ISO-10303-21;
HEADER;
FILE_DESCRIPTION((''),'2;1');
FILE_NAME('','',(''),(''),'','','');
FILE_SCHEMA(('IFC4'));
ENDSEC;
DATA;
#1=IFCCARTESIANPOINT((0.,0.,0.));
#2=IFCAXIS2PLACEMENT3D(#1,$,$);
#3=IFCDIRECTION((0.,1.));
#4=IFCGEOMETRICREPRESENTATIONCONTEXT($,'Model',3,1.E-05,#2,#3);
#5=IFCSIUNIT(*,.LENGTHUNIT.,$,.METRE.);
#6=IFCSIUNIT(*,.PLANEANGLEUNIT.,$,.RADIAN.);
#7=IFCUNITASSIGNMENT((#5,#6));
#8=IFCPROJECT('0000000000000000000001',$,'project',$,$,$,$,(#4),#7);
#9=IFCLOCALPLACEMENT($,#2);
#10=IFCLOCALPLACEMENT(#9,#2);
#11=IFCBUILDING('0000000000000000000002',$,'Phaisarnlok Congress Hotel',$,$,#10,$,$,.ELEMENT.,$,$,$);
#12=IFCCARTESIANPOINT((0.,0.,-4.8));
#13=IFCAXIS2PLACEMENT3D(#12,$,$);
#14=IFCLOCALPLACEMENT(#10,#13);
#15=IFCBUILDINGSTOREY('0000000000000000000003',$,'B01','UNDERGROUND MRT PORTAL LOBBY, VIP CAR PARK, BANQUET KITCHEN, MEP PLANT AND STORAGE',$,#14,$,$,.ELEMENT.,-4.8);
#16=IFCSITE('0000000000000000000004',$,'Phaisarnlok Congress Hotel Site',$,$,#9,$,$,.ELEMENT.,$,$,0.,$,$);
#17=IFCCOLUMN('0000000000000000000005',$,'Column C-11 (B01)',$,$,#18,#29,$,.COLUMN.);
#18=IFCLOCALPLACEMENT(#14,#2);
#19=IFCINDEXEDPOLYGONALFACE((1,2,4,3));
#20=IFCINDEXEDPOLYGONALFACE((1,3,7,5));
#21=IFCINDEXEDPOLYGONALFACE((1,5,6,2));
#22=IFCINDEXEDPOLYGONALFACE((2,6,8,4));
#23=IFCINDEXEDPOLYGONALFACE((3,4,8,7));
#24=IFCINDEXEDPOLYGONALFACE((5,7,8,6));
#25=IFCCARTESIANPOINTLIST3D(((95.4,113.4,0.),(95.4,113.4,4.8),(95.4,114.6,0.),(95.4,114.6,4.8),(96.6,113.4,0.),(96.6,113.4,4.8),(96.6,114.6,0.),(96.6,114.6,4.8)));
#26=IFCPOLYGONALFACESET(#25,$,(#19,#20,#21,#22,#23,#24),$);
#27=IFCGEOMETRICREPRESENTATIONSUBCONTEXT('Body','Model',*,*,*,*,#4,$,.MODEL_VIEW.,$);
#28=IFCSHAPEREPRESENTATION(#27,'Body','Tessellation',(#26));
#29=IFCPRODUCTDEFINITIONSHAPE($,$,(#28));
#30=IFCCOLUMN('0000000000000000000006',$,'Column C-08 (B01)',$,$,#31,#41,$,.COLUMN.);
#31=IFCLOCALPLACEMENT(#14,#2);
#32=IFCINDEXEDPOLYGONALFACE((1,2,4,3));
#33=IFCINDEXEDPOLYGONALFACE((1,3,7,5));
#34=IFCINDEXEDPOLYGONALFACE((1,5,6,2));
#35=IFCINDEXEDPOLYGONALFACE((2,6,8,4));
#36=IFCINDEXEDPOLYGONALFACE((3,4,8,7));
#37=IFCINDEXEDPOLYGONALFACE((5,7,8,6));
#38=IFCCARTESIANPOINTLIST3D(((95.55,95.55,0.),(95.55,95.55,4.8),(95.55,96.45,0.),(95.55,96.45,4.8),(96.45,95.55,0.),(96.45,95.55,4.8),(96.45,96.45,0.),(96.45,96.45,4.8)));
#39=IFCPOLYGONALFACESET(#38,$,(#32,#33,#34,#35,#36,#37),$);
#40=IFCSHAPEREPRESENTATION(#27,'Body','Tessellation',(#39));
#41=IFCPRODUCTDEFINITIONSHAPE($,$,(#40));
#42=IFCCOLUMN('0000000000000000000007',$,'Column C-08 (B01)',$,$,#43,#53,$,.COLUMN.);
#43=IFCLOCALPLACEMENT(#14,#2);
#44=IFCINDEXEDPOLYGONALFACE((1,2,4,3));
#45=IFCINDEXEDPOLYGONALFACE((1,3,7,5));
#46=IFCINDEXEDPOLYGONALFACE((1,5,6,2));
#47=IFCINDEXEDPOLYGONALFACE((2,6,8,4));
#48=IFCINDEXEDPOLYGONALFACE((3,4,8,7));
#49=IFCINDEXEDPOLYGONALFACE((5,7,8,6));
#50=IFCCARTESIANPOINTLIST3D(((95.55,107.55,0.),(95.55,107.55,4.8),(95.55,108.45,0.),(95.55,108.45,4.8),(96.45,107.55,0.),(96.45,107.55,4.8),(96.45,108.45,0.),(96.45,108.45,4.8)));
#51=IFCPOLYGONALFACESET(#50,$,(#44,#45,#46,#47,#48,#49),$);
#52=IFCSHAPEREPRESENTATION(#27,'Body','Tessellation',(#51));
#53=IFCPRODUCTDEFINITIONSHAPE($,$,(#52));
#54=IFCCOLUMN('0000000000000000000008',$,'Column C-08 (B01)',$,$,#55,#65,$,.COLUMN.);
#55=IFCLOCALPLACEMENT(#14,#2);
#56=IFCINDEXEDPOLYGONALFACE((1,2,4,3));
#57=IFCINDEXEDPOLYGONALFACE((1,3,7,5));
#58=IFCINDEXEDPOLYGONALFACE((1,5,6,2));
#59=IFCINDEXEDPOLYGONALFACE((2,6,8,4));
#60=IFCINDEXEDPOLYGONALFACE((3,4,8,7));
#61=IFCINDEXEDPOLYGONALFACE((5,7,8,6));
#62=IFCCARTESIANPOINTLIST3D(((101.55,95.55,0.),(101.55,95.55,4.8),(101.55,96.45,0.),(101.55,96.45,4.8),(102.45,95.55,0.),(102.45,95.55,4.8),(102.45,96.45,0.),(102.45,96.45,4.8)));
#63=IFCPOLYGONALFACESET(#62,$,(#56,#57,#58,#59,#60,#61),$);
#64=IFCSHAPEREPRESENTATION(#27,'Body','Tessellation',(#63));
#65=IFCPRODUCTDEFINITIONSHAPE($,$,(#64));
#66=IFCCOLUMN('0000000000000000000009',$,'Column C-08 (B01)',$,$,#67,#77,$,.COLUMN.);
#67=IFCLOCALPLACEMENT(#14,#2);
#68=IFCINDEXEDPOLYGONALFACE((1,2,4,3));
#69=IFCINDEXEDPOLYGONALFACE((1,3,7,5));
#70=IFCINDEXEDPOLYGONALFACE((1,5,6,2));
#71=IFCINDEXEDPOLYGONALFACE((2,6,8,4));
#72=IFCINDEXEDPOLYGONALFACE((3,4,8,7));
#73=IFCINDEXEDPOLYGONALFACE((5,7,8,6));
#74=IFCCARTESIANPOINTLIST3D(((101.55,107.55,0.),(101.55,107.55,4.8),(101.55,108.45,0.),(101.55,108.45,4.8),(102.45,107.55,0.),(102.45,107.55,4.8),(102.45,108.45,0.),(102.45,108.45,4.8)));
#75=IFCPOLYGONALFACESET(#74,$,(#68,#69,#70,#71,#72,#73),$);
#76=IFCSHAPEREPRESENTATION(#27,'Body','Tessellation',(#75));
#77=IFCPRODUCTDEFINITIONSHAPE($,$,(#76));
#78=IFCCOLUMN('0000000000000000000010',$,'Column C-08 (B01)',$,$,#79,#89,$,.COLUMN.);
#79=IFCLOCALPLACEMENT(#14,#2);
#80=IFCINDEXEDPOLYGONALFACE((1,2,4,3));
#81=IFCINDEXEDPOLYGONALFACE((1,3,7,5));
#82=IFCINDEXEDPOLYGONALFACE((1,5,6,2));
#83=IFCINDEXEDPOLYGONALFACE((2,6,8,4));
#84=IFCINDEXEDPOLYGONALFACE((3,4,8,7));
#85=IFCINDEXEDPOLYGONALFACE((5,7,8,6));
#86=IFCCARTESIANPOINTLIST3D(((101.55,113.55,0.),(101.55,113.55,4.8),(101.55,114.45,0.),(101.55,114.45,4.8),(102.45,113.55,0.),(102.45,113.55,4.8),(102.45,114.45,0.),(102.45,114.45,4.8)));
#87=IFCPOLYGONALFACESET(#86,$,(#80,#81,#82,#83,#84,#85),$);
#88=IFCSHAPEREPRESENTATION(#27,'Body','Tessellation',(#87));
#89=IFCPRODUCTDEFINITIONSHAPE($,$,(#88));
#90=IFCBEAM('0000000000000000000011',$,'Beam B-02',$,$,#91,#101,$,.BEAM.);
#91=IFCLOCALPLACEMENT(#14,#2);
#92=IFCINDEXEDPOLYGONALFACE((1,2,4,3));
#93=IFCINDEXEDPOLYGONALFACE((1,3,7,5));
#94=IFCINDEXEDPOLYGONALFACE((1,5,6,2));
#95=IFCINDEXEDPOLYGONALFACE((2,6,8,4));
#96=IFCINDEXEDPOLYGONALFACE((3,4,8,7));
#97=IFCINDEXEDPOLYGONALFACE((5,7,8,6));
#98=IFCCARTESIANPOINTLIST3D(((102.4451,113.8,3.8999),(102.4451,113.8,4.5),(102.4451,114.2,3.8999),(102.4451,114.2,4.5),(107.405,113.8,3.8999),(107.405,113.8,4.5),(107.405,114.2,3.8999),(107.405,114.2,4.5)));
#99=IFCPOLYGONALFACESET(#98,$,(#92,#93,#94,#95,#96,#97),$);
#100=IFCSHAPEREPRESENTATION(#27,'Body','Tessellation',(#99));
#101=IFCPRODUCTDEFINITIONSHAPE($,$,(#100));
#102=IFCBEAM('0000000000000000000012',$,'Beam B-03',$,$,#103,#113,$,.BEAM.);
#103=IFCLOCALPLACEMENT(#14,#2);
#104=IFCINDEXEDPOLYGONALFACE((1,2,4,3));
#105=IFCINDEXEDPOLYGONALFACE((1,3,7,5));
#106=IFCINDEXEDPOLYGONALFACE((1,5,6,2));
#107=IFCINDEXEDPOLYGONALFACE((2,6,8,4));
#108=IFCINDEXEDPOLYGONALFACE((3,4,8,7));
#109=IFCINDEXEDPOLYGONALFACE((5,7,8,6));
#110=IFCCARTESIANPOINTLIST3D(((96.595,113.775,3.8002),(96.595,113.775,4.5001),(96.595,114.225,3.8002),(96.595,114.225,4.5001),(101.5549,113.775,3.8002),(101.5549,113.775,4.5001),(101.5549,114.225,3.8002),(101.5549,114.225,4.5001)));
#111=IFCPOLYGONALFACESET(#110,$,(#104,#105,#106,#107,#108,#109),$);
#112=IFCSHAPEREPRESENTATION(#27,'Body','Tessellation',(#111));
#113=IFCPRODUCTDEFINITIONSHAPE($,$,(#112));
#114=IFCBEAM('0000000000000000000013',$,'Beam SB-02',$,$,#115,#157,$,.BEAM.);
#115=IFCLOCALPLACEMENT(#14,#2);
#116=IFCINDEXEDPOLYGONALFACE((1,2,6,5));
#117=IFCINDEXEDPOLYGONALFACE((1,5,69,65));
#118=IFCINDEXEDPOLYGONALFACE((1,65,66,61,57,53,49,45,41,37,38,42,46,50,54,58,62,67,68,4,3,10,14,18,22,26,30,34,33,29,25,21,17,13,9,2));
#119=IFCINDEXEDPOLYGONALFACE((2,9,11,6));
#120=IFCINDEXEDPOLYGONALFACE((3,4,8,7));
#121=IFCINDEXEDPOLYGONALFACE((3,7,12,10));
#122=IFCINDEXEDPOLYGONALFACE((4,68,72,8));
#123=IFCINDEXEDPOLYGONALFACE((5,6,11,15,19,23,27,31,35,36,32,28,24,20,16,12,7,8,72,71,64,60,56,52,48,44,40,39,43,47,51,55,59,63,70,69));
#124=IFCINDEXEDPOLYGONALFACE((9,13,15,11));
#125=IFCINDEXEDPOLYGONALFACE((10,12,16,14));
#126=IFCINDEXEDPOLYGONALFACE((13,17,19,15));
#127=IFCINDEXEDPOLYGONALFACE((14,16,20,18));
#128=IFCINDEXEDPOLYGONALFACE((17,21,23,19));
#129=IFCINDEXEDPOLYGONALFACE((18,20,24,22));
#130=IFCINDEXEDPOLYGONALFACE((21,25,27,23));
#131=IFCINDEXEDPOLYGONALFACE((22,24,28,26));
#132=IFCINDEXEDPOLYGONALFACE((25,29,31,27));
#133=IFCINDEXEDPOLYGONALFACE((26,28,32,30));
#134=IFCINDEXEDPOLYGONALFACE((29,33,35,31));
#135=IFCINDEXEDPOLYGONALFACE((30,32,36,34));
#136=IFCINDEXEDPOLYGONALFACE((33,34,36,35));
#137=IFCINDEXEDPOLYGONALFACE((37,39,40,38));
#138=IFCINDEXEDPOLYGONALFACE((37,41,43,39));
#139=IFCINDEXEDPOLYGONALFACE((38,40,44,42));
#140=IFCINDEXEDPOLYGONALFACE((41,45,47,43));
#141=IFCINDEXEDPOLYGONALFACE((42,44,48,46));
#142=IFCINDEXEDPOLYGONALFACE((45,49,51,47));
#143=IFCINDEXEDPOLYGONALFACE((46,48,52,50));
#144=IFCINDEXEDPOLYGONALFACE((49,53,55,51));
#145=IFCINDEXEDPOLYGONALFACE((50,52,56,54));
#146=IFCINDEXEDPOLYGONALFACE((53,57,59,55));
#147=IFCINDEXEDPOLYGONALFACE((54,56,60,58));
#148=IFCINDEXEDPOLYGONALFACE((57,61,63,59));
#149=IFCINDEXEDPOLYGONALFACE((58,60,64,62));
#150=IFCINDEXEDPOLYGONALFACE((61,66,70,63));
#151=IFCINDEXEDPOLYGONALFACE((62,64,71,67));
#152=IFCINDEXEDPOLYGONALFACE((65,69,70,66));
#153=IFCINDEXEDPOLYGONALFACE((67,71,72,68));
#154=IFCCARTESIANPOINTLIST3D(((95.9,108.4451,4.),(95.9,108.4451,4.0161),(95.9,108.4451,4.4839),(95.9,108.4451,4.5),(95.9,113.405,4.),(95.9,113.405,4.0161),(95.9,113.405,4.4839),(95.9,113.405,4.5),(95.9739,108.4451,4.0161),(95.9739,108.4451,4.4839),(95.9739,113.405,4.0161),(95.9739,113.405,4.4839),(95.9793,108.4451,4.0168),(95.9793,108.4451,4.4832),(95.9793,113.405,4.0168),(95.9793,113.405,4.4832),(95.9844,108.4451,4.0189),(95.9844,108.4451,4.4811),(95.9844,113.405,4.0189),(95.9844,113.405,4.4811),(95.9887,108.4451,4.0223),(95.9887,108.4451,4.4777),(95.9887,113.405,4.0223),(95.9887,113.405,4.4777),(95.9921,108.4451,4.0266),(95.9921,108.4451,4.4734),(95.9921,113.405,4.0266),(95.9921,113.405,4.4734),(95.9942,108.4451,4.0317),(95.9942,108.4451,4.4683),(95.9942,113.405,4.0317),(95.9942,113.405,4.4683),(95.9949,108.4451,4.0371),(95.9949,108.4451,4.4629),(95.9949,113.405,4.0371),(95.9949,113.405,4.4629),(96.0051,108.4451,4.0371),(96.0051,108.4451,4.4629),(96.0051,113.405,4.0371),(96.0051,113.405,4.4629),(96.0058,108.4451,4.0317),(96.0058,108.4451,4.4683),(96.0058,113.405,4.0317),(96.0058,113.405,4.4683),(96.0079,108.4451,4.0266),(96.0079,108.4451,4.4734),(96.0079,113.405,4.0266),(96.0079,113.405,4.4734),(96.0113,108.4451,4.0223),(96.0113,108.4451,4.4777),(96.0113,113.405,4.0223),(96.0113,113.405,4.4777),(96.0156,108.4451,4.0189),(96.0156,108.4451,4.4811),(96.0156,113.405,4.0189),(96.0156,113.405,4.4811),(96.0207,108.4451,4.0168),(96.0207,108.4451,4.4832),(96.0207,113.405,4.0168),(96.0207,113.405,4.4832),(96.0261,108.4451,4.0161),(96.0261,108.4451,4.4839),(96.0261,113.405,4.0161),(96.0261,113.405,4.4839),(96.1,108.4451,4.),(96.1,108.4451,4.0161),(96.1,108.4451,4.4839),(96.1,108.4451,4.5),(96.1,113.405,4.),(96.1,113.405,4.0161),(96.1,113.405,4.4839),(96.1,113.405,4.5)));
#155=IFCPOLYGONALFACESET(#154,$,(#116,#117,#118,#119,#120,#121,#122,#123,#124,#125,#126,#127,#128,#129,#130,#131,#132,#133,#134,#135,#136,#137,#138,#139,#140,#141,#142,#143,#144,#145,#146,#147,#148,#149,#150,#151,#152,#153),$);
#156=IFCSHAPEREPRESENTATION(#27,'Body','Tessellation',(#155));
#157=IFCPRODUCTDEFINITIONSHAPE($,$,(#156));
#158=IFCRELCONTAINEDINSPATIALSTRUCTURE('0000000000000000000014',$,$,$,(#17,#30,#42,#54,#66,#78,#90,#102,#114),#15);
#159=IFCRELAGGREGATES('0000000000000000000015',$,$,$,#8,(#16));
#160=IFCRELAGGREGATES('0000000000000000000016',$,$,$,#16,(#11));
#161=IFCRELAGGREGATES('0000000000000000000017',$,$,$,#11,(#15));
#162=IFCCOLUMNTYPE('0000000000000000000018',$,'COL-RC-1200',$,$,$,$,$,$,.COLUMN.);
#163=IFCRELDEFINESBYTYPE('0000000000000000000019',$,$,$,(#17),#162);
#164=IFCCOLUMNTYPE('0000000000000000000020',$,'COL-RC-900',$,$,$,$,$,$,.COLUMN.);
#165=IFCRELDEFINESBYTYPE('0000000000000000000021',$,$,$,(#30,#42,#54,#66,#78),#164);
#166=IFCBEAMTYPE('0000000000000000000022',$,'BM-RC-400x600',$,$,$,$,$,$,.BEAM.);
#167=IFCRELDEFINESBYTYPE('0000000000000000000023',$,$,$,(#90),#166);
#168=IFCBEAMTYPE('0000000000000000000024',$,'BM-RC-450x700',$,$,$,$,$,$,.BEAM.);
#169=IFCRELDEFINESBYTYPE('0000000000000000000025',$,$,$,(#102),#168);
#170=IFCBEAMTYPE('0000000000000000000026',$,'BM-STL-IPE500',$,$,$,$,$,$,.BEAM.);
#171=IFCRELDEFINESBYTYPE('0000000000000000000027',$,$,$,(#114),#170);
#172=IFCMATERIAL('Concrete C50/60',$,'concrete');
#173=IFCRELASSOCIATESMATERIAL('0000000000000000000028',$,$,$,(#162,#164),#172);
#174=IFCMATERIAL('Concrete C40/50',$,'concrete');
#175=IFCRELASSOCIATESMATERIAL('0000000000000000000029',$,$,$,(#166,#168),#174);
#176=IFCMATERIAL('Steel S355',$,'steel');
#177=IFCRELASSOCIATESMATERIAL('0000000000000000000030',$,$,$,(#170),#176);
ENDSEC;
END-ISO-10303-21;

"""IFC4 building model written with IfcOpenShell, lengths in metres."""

from ifc_helpers import new_model, si_unit, direction, frame, origin, origin_2d, place, context, subcontext, project, spatial, rectangle, i_section, extrude, material, material_profile, profile_set, type_object, element, save


model = new_model("IFC4")

# Units and contexts
model_context = context("Model", 3, precision=1e-05, world=origin(), true_north=direction((0.0, 1.0)))
body_context = subcontext(model_context, "Body", "Model", "MODEL_VIEW")
ifc_project = project(units=[si_unit("LENGTHUNIT", "METRE"), si_unit("PLANEANGLEUNIT", "RADIAN")], contexts=[model_context])

# Site, building, storey
site_placement = place(None, origin())
site = spatial("IfcSite", under=ifc_project, at=site_placement, Name="Phaisarnlok Congress Hotel Site", CompositionType="ELEMENT", RefElevation=0.0)
building_placement = place(site_placement, origin())
building = spatial("IfcBuilding", under=site, at=building_placement, Name="Phaisarnlok Congress Hotel", CompositionType="ELEMENT")
storey_placement = place(building_placement, frame((0.0, 0.0, -4.8)))
storey = spatial("IfcBuildingStorey", under=building, at=storey_placement, Name="B01", Description="UNDERGROUND MRT PORTAL LOBBY, VIP CAR PARK, BANQUET KITCHEN, MEP PLANT AND STORAGE", CompositionType="ELEMENT", Elevation=-4.8)

# Shared definitions
ifc_material_1 = material(Name="Concrete C40/50", Category="concrete")

# Columns
ifc_material_2 = material(Name="Concrete C50/60", Category="concrete")
ifc_material_profile_1 = material_profile(ifc_material_2, rectangle(XDim=1.2, YDim=1.2, at=origin_2d()), Name="RC 1200x1200")
ifc_profile_set_1 = profile_set([ifc_material_profile_1], Name="Concrete C50/60")
column_type_1 = type_object("IfcColumnType", Name="COL-RC-1200", PredefinedType="COLUMN", material=ifc_profile_set_1)
column_placement = place(storey_placement, frame((96.0, 114.0, 0.0), z_axis=(0.0, 0.0, 1.0), x_axis=(1.0, 0.0, 0.0)))
element("IfcColumn", 1, at=column_placement, inside=storey, type_object=column_type_1, Name="Column C-11 (B01)", PredefinedType="COLUMN", context=body_context, shape_type="SweptSolid", body=[
    extrude(rectangle(XDim=1.2, YDim=1.2, at=origin_2d()), origin(), (0.0, 0.0, 1.0), 4.8),
])
ifc_material_profile_2 = material_profile(ifc_material_2, rectangle(XDim=0.8999, YDim=0.8999, at=origin_2d()), Name="RC 900x900")
ifc_profile_set_2 = profile_set([ifc_material_profile_2], Name="Concrete C50/60")
column_type_2 = type_object("IfcColumnType", Name="COL-RC-900", PredefinedType="COLUMN", material=ifc_profile_set_2)
for number, where, z_axis, x_axis, name in (
    (2, (96.0, 96.0, 0.0), (0.0, 0.0, 1.0), (1.0, 0.0, 0.0), "Column C-08 (B01)"),
    (3, (96.0, 108.0, 0.0), (0.0, 0.0, 1.0), (1.0, 0.0, 0.0), "Column C-08 (B01)"),
    (4, (102.0, 96.0, 0.0), (0.0, 0.0, 1.0), (1.0, 0.0, 0.0), "Column C-08 (B01)"),
    (5, (102.0, 108.0, 0.0), (0.0, 0.0, 1.0), (1.0, 0.0, 0.0), "Column C-08 (B01)"),
    (6, (102.0, 114.0, 0.0), (0.0, 0.0, 1.0), (1.0, 0.0, 0.0), "Column C-08 (B01)"),
):
    element("IfcColumn", number, at=place(storey_placement, frame(where, z_axis=z_axis, x_axis=x_axis)), inside=storey, type_object=column_type_2, Name=name, PredefinedType="COLUMN", context=body_context, shape_type="SweptSolid", body=[
        extrude(rectangle(XDim=0.8999, YDim=0.8999, at=origin_2d()), origin(), (0.0, 0.0, 1.0), 4.8),
    ])

# Beams
ifc_material_profile_3 = material_profile(ifc_material_1, rectangle(XDim=0.3999, YDim=0.6001, at=origin_2d()), Name="RC 400x600")
ifc_profile_set_3 = profile_set([ifc_material_profile_3], Name="Concrete C40/50")
beam_type_1 = type_object("IfcBeamType", Name="BM-RC-400x600", PredefinedType="BEAM", material=ifc_profile_set_3)
beam_1_placement = place(storey_placement, frame((102.4451, 114.0, 4.2), z_axis=(1.0, 0.0, 0.0), x_axis=(0.0, 1.0, 0.0)))
element("IfcBeam", 7, at=beam_1_placement, inside=storey, type_object=beam_type_1, Name="Beam B-02", PredefinedType="BEAM", context=body_context, shape_type="SweptSolid", body=[
    extrude(rectangle(XDim=0.3999, YDim=0.6001, at=origin_2d()), origin(), (0.0, 0.0, 1.0), 4.96),
])
ifc_material_profile_4 = material_profile(ifc_material_1, rectangle(XDim=0.45, YDim=0.7, at=origin_2d()), Name="RC 450x700")
ifc_profile_set_4 = profile_set([ifc_material_profile_4], Name="Concrete C40/50")
beam_type_2 = type_object("IfcBeamType", Name="BM-RC-450x700", PredefinedType="BEAM", material=ifc_profile_set_4)
beam_2_placement = place(storey_placement, frame((96.595, 114.0, 4.1501), z_axis=(1.0, 0.0, 0.0), x_axis=(0.0, 1.0, 0.0)))
element("IfcBeam", 8, at=beam_2_placement, inside=storey, type_object=beam_type_2, Name="Beam B-03", PredefinedType="BEAM", context=body_context, shape_type="SweptSolid", body=[
    extrude(rectangle(XDim=0.45, YDim=0.7, at=origin_2d()), origin(), (0.0, 0.0, 1.0), 4.96),
])
ifc_material_3 = material(Name="Steel S355", Category="steel")
ifc_material_profile_5 = material_profile(ifc_material_3, i_section(OverallWidth=0.2, OverallDepth=0.5, WebThickness=0.0103, FlangeThickness=0.0161, FilletRadius=0.021, at=origin_2d()), Name="IPE 500")
ifc_profile_set_5 = profile_set([ifc_material_profile_5], Name="Steel S355")
beam_type_3 = type_object("IfcBeamType", Name="BM-STL-IPE500", PredefinedType="BEAM", material=ifc_profile_set_5)
beam_3_placement = place(storey_placement, frame((96.0, 108.4451, 4.25), z_axis=(0.0, 1.0, 0.0), x_axis=(-1.0, 0.0, 0.0)))
element("IfcBeam", 9, at=beam_3_placement, inside=storey, type_object=beam_type_3, Name="Beam SB-02", PredefinedType="BEAM", context=body_context, shape_type="SweptSolid", body=[
    extrude(i_section(OverallWidth=0.2, OverallDepth=0.5, WebThickness=0.0103, FlangeThickness=0.0161, FilletRadius=0.021, at=origin_2d()), origin(), (0.0, 0.0, 1.0), 4.96),
])

save(model, "model.ifc")
